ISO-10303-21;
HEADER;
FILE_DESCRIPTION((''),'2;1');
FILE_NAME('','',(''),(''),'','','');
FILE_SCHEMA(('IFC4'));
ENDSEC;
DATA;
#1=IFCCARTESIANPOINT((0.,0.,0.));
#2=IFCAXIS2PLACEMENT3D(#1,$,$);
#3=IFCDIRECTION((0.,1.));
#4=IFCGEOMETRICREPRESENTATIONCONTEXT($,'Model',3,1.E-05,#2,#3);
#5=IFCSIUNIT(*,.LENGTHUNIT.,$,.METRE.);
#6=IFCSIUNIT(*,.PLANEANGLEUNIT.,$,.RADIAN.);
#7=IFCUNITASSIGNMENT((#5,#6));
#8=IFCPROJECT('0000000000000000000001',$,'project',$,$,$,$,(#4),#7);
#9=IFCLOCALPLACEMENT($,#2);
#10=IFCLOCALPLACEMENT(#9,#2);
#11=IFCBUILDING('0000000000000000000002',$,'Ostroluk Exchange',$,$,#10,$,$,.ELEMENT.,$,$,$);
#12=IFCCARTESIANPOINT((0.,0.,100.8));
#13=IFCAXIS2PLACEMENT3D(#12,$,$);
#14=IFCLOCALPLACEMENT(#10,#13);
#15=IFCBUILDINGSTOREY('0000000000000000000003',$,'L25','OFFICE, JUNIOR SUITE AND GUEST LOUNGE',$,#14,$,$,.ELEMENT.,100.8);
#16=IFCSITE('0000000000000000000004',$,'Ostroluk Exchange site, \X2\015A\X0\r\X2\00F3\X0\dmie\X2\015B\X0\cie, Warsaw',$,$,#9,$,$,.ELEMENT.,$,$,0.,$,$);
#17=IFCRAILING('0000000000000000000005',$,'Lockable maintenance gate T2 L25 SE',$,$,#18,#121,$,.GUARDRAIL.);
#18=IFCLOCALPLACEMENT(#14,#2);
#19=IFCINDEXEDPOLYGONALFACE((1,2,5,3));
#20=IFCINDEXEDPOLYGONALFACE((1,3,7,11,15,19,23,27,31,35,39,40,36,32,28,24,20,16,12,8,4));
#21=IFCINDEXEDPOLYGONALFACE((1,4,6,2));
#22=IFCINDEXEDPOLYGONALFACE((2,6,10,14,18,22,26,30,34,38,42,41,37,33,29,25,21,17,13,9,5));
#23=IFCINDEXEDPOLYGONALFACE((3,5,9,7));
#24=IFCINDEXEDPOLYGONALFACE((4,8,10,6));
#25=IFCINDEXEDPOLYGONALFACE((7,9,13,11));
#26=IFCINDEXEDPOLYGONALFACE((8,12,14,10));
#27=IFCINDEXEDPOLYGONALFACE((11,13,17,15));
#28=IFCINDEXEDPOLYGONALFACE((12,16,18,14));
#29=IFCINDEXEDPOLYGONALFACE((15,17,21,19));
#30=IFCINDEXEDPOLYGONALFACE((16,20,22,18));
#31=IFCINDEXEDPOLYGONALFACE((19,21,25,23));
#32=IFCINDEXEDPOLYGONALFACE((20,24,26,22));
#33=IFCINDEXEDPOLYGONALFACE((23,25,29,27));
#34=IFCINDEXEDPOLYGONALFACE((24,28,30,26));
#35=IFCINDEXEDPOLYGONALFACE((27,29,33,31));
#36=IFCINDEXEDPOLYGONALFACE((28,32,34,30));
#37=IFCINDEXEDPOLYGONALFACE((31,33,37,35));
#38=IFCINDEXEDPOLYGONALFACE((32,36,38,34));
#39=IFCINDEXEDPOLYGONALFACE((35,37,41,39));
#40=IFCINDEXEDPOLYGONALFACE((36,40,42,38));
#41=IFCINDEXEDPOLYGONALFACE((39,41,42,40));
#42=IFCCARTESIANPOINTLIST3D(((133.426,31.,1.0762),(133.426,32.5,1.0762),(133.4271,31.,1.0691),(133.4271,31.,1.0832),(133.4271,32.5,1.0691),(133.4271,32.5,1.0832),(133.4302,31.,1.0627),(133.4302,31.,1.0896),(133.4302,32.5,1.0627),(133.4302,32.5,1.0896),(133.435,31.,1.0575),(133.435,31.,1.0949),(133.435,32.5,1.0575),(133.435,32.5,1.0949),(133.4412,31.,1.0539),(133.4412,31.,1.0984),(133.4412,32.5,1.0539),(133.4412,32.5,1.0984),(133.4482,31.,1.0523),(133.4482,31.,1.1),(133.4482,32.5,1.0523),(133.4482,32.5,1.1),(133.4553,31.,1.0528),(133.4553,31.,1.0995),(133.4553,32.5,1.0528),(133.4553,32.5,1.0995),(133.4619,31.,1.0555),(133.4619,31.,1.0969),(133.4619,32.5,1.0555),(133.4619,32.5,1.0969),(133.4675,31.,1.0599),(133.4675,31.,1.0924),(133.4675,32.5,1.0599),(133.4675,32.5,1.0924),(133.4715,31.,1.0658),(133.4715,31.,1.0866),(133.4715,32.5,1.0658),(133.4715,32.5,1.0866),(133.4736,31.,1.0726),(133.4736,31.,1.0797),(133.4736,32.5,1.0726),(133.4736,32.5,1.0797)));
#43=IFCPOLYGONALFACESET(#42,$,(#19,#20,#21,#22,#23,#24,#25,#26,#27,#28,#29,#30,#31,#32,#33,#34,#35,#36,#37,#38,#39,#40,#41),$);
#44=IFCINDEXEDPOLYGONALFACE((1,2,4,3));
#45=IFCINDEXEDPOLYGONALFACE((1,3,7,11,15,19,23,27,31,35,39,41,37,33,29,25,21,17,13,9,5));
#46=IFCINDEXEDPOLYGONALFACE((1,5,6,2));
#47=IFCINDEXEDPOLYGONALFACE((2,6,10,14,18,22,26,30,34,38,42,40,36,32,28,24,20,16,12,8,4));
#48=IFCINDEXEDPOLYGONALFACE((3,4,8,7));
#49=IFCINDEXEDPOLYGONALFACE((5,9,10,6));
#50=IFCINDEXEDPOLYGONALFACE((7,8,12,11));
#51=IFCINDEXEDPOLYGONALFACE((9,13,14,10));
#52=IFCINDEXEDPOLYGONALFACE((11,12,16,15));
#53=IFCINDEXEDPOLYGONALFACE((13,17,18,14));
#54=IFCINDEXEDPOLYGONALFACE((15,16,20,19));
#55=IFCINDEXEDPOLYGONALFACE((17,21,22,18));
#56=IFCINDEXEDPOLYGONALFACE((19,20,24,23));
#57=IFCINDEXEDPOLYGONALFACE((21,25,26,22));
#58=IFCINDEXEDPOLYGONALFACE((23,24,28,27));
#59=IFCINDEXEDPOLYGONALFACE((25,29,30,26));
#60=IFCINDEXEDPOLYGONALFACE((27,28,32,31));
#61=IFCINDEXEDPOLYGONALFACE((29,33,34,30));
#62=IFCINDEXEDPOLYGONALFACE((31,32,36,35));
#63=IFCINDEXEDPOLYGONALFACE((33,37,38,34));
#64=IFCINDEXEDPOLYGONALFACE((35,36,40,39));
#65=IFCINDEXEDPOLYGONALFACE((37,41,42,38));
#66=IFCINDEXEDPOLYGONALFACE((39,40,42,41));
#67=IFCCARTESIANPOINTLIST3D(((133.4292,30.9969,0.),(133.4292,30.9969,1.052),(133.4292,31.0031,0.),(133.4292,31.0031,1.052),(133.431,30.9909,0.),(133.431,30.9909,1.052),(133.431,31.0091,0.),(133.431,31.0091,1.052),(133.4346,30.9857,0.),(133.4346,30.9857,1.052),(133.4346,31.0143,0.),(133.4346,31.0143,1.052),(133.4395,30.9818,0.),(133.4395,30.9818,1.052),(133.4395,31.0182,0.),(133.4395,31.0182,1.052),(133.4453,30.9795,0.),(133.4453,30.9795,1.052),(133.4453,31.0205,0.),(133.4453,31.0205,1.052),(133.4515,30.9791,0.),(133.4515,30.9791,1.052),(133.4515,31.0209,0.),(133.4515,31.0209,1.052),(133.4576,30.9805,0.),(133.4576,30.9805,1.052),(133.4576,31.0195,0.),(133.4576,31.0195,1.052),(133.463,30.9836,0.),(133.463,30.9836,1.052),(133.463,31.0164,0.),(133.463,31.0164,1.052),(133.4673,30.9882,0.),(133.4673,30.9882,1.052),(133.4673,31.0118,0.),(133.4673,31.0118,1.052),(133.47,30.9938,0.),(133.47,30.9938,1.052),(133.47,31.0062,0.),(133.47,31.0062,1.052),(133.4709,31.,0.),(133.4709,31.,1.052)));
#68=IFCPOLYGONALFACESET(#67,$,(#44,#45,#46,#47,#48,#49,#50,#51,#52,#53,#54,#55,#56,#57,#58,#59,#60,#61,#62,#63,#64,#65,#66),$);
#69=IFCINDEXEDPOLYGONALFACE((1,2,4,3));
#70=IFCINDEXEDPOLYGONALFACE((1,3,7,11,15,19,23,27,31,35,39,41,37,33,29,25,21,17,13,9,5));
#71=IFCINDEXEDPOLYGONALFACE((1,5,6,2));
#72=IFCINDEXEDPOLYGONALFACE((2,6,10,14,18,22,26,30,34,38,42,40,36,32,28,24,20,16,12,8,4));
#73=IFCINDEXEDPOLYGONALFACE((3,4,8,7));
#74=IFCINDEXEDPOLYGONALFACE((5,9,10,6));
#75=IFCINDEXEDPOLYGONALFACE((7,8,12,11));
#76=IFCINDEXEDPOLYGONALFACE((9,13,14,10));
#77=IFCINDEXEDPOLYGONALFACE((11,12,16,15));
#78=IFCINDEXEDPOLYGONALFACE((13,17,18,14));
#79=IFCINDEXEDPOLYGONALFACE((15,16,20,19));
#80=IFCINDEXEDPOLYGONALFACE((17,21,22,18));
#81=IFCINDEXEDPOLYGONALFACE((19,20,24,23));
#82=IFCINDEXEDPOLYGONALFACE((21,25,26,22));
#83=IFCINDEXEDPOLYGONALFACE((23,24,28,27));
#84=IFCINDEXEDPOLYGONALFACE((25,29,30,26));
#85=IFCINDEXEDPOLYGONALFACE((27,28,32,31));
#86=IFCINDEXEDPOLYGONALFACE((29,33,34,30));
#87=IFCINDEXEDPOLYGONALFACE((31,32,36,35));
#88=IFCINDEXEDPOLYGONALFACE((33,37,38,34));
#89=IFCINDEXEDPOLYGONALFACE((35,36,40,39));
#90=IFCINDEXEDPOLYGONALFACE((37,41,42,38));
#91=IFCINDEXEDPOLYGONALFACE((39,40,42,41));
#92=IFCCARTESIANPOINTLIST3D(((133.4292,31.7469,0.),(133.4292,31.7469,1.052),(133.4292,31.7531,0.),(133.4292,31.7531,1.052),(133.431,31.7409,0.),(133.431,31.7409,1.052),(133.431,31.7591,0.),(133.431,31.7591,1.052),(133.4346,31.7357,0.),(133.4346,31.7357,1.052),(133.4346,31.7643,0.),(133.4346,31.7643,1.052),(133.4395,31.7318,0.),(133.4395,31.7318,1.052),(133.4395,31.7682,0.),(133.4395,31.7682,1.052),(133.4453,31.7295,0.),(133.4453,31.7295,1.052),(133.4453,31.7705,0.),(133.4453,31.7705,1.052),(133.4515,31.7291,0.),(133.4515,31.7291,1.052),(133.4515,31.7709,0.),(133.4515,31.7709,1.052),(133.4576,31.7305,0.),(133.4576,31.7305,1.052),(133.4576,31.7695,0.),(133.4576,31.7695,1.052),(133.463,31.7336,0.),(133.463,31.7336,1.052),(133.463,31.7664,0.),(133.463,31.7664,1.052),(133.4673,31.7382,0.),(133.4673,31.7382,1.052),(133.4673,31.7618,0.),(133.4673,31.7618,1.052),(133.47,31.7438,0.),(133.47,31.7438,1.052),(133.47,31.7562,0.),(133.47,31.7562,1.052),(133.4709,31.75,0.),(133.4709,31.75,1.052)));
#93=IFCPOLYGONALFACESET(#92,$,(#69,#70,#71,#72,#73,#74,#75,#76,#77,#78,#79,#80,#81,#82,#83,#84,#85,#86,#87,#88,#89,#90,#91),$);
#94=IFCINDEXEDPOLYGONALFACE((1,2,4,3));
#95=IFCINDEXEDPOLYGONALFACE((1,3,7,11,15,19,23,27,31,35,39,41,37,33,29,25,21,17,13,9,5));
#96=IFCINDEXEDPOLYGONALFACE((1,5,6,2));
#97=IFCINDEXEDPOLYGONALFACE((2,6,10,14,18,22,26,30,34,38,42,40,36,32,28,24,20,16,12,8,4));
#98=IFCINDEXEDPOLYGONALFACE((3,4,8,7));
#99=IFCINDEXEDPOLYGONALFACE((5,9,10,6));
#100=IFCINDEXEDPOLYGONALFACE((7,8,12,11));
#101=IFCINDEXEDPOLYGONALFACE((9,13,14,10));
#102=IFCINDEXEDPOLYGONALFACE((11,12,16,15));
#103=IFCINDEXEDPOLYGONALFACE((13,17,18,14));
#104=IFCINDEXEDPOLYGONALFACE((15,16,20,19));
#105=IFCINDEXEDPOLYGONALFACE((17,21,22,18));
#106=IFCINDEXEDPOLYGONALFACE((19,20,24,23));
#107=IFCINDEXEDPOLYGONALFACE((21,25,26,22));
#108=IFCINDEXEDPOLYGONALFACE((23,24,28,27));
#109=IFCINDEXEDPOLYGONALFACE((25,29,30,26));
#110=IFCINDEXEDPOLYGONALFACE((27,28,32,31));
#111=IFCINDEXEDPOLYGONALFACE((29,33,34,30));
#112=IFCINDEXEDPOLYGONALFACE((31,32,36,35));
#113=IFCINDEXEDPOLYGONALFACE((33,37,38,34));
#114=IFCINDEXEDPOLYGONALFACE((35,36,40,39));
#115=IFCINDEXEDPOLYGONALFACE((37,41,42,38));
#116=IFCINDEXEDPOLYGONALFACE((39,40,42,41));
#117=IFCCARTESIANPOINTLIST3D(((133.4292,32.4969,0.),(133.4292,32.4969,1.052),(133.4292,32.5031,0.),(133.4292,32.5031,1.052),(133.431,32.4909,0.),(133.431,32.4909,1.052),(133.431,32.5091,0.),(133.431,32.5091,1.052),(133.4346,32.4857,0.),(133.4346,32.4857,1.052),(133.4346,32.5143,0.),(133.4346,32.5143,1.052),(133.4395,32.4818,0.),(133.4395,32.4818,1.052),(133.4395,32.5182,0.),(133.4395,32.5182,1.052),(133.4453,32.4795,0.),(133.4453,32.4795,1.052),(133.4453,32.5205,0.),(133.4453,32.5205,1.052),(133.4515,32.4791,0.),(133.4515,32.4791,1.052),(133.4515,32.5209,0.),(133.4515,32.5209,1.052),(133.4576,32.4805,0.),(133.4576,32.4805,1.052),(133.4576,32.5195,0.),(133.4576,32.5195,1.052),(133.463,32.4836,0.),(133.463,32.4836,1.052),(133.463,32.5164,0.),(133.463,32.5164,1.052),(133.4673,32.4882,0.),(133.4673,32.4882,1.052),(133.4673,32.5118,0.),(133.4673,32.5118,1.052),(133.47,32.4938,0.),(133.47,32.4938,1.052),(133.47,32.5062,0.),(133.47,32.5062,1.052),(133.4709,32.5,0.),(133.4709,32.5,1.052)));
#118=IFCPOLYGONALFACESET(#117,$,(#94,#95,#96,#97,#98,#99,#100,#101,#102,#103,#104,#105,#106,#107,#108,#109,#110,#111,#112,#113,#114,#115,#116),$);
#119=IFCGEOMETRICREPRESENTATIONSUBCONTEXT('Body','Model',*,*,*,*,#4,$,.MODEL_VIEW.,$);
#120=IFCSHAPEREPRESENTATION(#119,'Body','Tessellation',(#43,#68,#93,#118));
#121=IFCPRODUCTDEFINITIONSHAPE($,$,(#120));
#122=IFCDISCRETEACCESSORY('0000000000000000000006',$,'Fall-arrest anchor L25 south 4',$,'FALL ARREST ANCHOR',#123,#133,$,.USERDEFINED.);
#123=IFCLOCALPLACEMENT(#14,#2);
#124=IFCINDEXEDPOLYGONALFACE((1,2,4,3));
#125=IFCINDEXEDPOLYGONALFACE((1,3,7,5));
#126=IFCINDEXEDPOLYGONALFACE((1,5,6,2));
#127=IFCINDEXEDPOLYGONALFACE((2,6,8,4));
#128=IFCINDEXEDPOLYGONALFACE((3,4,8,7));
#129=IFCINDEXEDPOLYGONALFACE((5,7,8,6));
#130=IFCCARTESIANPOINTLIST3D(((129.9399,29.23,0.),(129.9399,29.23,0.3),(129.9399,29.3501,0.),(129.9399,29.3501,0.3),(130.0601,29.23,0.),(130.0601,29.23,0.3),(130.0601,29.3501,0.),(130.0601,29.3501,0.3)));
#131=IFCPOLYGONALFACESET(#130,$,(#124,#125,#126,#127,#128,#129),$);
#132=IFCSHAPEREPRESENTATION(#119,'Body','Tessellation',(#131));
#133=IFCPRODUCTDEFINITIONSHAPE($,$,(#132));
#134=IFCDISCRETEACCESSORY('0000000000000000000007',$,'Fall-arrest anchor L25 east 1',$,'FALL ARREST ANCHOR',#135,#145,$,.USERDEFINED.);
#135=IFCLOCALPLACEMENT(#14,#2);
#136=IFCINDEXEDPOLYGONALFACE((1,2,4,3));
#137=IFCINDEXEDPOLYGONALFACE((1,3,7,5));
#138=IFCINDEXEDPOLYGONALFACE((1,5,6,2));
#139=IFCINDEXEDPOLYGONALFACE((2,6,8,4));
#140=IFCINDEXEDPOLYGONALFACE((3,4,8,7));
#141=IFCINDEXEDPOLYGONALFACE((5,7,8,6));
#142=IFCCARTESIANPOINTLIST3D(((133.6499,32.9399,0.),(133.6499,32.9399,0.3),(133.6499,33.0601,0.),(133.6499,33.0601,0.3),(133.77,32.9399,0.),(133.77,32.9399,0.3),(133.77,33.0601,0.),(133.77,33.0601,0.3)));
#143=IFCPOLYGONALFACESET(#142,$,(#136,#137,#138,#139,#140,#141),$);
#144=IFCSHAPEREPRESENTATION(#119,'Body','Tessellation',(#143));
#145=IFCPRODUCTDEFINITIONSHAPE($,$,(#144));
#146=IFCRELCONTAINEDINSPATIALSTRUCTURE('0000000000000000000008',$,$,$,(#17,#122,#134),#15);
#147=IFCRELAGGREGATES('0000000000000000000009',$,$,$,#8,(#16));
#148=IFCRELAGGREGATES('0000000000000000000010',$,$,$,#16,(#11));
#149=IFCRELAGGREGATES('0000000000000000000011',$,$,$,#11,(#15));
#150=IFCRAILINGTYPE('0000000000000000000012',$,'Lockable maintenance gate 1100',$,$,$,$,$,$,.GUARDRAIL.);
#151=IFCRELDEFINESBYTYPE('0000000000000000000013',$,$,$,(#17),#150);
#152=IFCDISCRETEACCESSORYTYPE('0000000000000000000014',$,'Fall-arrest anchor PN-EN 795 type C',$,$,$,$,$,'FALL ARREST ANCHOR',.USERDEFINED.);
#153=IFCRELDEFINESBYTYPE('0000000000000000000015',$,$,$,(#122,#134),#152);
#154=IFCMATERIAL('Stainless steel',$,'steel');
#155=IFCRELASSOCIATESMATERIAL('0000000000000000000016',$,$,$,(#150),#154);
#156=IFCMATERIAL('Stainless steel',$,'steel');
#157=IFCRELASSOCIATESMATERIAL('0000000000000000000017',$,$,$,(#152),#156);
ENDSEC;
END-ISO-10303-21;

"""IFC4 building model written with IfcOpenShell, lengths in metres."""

from ifc_helpers import new_model, si_unit, direction, frame, origin, origin_2d, place, context, subcontext, project, spatial, rectangle, circle, extrude, material, type_object, element, save


model = new_model("IFC4")

# Units and contexts
model_context = context("Model", 3, precision=1e-05, world=origin(), true_north=direction((0.0, 1.0)))
body_context = subcontext(model_context, "Body", "Model", "MODEL_VIEW")
ifc_project = project(units=[si_unit("LENGTHUNIT", "METRE"), si_unit("PLANEANGLEUNIT", "RADIAN")], contexts=[model_context])

# Site, building, storey
site_placement = place(None, origin())
site = spatial("IfcSite", under=ifc_project, at=site_placement, Name="Ostroluk Exchange site, Śródmieście, Warsaw", CompositionType="ELEMENT", RefElevation=0.0)
building_placement = place(site_placement, origin())
building = spatial("IfcBuilding", under=site, at=building_placement, Name="Ostroluk Exchange", CompositionType="ELEMENT")
storey_placement = place(building_placement, frame((0.0, 0.0, 100.8)))
storey = spatial("IfcBuildingStorey", under=building, at=storey_placement, Name="L25", Description="OFFICE, JUNIOR SUITE AND GUEST LOUNGE", CompositionType="ELEMENT", Elevation=100.8)

# Railing
ifc_material_1 = material(Name="Stainless steel", Category="steel")
railing_type_1 = type_object("IfcRailingType", Name="Lockable maintenance gate 1100", PredefinedType="GUARDRAIL", material=ifc_material_1)
railing_1_placement = place(storey_placement, frame((133.45, 31.0, 0.0)))
element("IfcRailing", 1, at=railing_1_placement, inside=storey, type_object=railing_type_1, Name="Lockable maintenance gate T2 L25 SE", PredefinedType="GUARDRAIL", context=body_context, shape_type="SweptSolid", body=[
    extrude(circle(Radius=0.0239, at=origin_2d()), frame((0.0, 0.0, 1.0762), z_axis=(0.0, 1.0, 0.0), x_axis=(-1.0, 0.0, 0.0)), (0.0, 0.0, 1.0), 1.5),
    extrude(circle(Radius=0.021, at=origin_2d()), origin(), (0.0, 0.0, 1.0), 1.052),
    extrude(circle(Radius=0.021, at=origin_2d()), frame((0.0, 0.75, 0.0)), (0.0, 0.0, 1.0), 1.052),
    extrude(circle(Radius=0.021, at=origin_2d()), frame((0.0, 1.5, 0.0)), (0.0, 0.0, 1.0), 1.052),
])

# Discrete accessories
ifc_material_2 = material(Name="Stainless steel", Category="steel")
discrete_accessory_type = type_object("IfcDiscreteAccessoryType", Name="Fall-arrest anchor PN-EN 795 type C", ElementType="FALL ARREST ANCHOR", PredefinedType="USERDEFINED", material=ifc_material_2)
for number, where, z_axis, x_axis, name in (
    (2, (130.0, 29.29, 0.0), (0.0, 0.0, 1.0), (1.0, 0.0, 0.0), "Fall-arrest anchor L25 south 4"),
    (3, (133.71, 33.0, 0.0), (0.0, 0.0, 1.0), (1.0, 0.0, 0.0), "Fall-arrest anchor L25 east 1"),
):
    element("IfcDiscreteAccessory", number, at=place(storey_placement, frame(where, z_axis=z_axis, x_axis=x_axis)), inside=storey, type_object=discrete_accessory_type, Name=name, ObjectType="FALL ARREST ANCHOR", PredefinedType="USERDEFINED", context=body_context, shape_type="SweptSolid", body=[
        extrude(rectangle(XDim=0.1201, YDim=0.1201, at=origin_2d()), origin(), (0.0, 0.0, 1.0), 0.3),
    ])

save(model, "model.ifc")
